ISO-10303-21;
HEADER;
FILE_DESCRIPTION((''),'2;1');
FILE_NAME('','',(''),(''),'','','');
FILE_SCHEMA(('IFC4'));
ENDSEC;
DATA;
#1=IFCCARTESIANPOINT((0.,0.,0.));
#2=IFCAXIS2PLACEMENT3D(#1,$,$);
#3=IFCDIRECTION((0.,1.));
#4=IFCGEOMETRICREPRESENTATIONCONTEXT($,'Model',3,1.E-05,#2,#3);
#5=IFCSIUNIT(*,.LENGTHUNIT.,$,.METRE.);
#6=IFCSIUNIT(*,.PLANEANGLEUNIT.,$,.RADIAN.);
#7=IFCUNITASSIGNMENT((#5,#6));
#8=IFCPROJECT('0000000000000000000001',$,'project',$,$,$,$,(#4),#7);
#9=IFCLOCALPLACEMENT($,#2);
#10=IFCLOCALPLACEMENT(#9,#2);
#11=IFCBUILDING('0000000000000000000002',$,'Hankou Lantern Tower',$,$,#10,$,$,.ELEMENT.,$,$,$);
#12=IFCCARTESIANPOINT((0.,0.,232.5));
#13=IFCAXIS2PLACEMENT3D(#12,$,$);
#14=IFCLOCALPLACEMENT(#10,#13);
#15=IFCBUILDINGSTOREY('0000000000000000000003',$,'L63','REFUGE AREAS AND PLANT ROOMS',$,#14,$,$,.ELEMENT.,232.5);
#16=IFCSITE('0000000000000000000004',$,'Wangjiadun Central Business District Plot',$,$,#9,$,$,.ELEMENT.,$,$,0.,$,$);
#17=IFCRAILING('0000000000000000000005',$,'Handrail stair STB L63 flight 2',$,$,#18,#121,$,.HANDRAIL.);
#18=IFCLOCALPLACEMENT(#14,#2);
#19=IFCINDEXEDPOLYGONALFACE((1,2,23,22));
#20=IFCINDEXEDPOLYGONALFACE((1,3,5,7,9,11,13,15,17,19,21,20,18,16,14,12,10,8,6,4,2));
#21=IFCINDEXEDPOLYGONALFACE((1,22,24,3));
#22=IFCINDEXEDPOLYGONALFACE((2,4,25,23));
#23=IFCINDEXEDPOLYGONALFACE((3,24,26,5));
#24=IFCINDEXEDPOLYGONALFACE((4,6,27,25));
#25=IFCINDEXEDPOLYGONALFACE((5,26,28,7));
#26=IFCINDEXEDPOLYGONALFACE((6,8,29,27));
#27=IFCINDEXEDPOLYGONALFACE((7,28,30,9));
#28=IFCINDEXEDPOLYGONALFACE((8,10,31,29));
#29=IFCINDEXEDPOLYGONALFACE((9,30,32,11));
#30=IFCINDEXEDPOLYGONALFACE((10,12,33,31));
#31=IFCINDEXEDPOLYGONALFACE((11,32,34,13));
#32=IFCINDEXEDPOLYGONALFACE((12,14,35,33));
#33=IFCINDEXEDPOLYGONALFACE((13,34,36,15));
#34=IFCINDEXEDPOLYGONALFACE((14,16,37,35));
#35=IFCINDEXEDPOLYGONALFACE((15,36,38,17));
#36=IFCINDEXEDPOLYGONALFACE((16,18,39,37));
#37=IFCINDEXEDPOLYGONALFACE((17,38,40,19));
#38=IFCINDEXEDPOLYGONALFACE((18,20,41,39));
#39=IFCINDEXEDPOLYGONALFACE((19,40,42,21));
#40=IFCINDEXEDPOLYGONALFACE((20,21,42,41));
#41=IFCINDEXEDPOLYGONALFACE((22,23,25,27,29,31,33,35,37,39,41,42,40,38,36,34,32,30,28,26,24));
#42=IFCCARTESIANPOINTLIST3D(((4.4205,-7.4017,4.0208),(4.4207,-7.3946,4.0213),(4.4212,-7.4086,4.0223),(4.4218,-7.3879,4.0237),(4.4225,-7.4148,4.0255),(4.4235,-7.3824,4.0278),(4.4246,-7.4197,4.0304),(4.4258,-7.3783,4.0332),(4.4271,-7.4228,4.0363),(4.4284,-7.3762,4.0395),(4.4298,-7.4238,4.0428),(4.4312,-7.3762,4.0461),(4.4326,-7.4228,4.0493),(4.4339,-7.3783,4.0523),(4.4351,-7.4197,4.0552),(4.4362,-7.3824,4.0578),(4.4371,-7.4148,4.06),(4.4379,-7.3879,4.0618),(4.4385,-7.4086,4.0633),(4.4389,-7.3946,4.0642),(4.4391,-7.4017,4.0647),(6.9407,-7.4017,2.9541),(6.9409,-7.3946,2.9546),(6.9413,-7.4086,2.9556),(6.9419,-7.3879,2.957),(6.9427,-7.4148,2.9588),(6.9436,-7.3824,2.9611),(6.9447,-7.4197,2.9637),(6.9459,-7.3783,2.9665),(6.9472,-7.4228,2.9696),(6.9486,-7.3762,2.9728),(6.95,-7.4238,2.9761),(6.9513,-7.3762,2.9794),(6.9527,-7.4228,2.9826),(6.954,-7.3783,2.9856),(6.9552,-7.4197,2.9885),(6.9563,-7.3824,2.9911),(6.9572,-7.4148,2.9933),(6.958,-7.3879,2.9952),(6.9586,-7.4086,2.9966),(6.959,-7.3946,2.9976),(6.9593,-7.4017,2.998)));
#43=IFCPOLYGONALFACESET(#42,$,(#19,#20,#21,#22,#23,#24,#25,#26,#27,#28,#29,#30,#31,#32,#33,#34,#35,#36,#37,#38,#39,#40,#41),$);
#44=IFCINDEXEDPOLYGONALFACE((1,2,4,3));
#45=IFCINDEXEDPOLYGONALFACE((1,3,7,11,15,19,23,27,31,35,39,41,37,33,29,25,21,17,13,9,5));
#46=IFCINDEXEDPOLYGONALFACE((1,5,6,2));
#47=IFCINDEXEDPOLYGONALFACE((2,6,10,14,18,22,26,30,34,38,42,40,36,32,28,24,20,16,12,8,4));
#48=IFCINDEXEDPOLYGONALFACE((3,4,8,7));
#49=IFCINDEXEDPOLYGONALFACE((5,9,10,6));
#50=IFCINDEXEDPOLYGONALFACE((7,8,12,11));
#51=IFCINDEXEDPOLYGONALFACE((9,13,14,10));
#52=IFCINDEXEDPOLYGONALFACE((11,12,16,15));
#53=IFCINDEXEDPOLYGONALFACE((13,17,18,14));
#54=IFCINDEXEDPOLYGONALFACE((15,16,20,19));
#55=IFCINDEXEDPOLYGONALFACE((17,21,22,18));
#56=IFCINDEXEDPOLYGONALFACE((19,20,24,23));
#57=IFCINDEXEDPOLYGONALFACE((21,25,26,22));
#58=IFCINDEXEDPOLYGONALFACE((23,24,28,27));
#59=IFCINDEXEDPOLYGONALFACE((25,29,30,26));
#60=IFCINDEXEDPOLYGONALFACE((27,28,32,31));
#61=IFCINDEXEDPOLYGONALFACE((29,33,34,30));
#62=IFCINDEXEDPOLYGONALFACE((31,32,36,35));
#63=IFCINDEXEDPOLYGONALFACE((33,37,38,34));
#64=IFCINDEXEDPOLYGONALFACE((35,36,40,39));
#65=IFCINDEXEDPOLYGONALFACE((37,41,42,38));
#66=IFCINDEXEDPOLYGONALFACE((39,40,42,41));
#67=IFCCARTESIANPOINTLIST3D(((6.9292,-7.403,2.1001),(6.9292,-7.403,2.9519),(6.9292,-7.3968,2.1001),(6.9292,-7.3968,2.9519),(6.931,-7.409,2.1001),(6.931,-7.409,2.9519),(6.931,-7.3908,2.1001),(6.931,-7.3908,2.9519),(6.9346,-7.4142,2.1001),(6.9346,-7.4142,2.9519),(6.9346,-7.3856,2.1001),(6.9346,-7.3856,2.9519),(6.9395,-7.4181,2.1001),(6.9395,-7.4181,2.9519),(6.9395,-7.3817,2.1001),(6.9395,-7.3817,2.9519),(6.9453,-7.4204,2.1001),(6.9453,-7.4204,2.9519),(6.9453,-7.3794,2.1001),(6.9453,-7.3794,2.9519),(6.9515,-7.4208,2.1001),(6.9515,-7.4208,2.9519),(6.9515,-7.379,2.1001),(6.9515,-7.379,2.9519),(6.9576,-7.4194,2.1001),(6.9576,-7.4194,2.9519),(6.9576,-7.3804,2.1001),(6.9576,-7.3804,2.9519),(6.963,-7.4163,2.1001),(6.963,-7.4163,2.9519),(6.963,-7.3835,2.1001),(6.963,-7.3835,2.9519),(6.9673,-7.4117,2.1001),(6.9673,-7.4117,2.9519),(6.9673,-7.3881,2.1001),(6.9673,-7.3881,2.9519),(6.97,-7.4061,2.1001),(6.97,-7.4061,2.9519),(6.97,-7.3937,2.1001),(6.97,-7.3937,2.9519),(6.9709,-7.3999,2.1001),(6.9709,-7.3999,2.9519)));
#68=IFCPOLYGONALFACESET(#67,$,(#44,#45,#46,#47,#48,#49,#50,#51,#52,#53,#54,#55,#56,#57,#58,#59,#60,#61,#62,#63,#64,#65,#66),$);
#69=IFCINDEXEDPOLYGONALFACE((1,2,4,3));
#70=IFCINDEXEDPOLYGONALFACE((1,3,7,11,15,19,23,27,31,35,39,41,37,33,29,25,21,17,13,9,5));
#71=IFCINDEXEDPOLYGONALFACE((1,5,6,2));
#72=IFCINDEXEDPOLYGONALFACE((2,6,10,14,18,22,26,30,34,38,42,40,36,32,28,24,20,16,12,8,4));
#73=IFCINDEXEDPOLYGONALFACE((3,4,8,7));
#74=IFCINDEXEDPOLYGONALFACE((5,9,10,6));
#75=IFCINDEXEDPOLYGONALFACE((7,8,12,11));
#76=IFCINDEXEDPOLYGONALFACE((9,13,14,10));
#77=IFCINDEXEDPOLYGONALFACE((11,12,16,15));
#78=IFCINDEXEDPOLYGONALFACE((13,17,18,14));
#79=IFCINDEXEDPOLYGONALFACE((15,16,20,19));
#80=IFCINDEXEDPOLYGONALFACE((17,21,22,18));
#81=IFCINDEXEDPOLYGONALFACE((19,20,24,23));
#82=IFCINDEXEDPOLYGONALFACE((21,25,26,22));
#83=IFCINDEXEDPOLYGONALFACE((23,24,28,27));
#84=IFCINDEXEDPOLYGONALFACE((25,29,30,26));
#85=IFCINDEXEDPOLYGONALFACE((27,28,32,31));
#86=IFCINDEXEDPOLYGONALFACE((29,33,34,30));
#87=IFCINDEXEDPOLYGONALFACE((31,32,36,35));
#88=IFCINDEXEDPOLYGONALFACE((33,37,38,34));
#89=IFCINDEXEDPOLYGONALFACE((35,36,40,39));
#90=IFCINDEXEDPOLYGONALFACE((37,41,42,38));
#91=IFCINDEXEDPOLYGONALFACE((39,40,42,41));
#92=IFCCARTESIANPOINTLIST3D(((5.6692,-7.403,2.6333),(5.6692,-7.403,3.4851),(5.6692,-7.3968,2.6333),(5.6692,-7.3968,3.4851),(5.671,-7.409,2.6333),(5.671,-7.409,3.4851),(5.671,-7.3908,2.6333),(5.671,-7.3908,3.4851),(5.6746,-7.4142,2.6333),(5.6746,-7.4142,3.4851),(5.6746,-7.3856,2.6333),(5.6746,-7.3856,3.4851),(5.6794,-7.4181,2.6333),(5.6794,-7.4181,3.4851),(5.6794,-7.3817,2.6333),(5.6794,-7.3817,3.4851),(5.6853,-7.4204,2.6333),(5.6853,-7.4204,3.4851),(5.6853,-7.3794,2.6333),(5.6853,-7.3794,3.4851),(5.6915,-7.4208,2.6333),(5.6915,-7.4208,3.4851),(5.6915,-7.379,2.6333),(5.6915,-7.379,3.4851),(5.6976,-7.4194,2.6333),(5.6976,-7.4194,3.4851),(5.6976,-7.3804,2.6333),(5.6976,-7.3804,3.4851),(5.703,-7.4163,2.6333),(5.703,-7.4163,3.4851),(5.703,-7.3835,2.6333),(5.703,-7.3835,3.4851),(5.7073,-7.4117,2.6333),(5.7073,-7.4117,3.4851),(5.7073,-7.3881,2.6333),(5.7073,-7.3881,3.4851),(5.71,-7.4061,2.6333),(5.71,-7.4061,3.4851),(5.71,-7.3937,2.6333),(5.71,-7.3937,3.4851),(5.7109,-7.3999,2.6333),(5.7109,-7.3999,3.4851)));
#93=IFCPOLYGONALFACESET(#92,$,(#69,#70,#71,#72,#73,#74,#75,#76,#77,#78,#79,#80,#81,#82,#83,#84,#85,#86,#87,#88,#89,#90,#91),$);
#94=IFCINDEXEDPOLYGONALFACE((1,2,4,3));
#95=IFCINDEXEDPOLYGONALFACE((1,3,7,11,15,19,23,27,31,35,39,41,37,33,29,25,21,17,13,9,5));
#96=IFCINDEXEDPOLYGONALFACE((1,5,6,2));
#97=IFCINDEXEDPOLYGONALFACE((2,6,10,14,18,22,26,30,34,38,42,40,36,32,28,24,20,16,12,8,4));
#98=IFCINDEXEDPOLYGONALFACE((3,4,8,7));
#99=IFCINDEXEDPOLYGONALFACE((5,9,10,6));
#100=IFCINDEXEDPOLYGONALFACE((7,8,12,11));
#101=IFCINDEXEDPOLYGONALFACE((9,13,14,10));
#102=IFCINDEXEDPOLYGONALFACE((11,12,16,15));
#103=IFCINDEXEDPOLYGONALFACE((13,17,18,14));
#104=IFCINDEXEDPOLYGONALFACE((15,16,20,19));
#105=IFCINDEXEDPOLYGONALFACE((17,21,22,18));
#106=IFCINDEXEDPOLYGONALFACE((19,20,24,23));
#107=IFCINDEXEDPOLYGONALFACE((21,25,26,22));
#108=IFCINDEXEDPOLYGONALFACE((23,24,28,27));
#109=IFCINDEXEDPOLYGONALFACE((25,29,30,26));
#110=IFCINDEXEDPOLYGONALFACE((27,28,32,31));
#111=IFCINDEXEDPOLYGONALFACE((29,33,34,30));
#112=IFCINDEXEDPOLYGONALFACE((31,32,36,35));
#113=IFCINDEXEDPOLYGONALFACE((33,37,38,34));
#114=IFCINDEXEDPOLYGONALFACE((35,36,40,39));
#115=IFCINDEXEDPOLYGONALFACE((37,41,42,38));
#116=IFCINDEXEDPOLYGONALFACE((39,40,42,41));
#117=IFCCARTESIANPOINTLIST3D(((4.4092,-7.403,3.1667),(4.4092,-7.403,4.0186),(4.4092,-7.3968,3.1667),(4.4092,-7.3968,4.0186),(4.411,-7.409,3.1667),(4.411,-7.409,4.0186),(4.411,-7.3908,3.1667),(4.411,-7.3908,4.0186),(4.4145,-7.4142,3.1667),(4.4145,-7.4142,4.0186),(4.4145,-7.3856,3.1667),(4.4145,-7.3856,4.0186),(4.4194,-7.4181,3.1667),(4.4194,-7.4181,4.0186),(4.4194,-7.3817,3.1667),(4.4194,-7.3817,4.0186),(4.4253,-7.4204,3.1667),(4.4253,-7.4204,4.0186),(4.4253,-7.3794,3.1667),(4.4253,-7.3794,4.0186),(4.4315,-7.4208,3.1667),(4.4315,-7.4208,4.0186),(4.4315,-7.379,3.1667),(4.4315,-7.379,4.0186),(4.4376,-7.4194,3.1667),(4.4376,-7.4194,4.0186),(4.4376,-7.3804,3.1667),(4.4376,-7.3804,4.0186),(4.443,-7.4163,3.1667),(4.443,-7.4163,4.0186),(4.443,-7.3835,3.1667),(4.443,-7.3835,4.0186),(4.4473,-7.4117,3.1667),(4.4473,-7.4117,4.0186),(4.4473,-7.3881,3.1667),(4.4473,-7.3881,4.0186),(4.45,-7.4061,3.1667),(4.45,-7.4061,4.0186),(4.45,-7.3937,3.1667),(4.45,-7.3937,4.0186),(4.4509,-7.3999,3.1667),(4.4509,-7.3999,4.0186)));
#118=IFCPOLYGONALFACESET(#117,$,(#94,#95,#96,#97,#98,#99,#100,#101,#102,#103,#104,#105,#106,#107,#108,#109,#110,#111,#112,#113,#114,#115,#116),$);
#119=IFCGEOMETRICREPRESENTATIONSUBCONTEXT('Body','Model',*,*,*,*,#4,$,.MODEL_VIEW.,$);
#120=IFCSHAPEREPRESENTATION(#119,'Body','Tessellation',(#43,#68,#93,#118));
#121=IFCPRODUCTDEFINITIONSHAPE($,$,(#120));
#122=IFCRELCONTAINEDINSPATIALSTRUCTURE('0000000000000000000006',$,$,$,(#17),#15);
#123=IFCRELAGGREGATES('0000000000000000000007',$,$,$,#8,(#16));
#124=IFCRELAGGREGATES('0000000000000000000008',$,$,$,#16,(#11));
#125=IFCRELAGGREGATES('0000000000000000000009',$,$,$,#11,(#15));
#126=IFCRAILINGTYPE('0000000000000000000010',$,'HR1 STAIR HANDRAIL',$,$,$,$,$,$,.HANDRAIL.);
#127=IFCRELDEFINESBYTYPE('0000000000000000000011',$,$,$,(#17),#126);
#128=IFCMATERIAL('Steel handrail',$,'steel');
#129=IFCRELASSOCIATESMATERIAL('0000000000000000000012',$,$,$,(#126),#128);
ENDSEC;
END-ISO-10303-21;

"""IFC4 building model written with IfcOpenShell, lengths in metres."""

from ifc_helpers import new_model, si_unit, direction, frame, origin, origin_2d, place, context, subcontext, project, spatial, circle, extrude, material, type_object, element, save


model = new_model("IFC4")

# Units and contexts
model_context = context("Model", 3, precision=1e-05, world=origin(), true_north=direction((0.0, 1.0)))
body_context = subcontext(model_context, "Body", "Model", "MODEL_VIEW")
ifc_project = project(units=[si_unit("LENGTHUNIT", "METRE"), si_unit("PLANEANGLEUNIT", "RADIAN")], contexts=[model_context])

# Site, building, storey
site_placement = place(None, origin())
site = spatial("IfcSite", under=ifc_project, at=site_placement, Name="Wangjiadun Central Business District Plot", CompositionType="ELEMENT", RefElevation=0.0)
building_placement = place(site_placement, origin())
building = spatial("IfcBuilding", under=site, at=building_placement, Name="Hankou Lantern Tower", CompositionType="ELEMENT")
storey_placement = place(building_placement, frame((0.0, 0.0, 232.5)))
storey = spatial("IfcBuildingStorey", under=building, at=storey_placement, Name="L63", Description="REFUGE AREAS AND PLANT ROOMS", CompositionType="ELEMENT", Elevation=232.5)

# Railing
ifc_material_1 = material(Name="Steel handrail", Category="steel")
railing_type = type_object("IfcRailingType", Name="HR1 STAIR HANDRAIL", PredefinedType="HANDRAIL", material=ifc_material_1)
railing_1_placement = place(storey_placement, frame((6.95, -7.3999, 2.1001)))
element("IfcRailing", 1, at=railing_1_placement, inside=storey, type_object=railing_type, Name="Handrail stair STB L63 flight 2", PredefinedType="HANDRAIL", context=body_context, shape_type="SweptSolid", body=[
    extrude(circle(Radius=0.0239, at=origin_2d()), frame((0.0, 0.0, 0.876), z_axis=(-0.920903, 0.0, 0.389791), x_axis=(0.0, -1.0, 0.0)), (0.0, 0.0, 1.0), 2.7366),
    extrude(circle(Radius=0.021, at=origin_2d()), origin(), (0.0, 0.0, 1.0), 0.8518),
    extrude(circle(Radius=0.021, at=origin_2d()), frame((-1.26, 0.0, 0.5332)), (0.0, 0.0, 1.0), 0.8518),
    extrude(circle(Radius=0.021, at=origin_2d()), frame((-2.52, 0.0, 1.0667)), (0.0, 0.0, 1.0), 0.8518),
])

save(model, "model.ifc")
